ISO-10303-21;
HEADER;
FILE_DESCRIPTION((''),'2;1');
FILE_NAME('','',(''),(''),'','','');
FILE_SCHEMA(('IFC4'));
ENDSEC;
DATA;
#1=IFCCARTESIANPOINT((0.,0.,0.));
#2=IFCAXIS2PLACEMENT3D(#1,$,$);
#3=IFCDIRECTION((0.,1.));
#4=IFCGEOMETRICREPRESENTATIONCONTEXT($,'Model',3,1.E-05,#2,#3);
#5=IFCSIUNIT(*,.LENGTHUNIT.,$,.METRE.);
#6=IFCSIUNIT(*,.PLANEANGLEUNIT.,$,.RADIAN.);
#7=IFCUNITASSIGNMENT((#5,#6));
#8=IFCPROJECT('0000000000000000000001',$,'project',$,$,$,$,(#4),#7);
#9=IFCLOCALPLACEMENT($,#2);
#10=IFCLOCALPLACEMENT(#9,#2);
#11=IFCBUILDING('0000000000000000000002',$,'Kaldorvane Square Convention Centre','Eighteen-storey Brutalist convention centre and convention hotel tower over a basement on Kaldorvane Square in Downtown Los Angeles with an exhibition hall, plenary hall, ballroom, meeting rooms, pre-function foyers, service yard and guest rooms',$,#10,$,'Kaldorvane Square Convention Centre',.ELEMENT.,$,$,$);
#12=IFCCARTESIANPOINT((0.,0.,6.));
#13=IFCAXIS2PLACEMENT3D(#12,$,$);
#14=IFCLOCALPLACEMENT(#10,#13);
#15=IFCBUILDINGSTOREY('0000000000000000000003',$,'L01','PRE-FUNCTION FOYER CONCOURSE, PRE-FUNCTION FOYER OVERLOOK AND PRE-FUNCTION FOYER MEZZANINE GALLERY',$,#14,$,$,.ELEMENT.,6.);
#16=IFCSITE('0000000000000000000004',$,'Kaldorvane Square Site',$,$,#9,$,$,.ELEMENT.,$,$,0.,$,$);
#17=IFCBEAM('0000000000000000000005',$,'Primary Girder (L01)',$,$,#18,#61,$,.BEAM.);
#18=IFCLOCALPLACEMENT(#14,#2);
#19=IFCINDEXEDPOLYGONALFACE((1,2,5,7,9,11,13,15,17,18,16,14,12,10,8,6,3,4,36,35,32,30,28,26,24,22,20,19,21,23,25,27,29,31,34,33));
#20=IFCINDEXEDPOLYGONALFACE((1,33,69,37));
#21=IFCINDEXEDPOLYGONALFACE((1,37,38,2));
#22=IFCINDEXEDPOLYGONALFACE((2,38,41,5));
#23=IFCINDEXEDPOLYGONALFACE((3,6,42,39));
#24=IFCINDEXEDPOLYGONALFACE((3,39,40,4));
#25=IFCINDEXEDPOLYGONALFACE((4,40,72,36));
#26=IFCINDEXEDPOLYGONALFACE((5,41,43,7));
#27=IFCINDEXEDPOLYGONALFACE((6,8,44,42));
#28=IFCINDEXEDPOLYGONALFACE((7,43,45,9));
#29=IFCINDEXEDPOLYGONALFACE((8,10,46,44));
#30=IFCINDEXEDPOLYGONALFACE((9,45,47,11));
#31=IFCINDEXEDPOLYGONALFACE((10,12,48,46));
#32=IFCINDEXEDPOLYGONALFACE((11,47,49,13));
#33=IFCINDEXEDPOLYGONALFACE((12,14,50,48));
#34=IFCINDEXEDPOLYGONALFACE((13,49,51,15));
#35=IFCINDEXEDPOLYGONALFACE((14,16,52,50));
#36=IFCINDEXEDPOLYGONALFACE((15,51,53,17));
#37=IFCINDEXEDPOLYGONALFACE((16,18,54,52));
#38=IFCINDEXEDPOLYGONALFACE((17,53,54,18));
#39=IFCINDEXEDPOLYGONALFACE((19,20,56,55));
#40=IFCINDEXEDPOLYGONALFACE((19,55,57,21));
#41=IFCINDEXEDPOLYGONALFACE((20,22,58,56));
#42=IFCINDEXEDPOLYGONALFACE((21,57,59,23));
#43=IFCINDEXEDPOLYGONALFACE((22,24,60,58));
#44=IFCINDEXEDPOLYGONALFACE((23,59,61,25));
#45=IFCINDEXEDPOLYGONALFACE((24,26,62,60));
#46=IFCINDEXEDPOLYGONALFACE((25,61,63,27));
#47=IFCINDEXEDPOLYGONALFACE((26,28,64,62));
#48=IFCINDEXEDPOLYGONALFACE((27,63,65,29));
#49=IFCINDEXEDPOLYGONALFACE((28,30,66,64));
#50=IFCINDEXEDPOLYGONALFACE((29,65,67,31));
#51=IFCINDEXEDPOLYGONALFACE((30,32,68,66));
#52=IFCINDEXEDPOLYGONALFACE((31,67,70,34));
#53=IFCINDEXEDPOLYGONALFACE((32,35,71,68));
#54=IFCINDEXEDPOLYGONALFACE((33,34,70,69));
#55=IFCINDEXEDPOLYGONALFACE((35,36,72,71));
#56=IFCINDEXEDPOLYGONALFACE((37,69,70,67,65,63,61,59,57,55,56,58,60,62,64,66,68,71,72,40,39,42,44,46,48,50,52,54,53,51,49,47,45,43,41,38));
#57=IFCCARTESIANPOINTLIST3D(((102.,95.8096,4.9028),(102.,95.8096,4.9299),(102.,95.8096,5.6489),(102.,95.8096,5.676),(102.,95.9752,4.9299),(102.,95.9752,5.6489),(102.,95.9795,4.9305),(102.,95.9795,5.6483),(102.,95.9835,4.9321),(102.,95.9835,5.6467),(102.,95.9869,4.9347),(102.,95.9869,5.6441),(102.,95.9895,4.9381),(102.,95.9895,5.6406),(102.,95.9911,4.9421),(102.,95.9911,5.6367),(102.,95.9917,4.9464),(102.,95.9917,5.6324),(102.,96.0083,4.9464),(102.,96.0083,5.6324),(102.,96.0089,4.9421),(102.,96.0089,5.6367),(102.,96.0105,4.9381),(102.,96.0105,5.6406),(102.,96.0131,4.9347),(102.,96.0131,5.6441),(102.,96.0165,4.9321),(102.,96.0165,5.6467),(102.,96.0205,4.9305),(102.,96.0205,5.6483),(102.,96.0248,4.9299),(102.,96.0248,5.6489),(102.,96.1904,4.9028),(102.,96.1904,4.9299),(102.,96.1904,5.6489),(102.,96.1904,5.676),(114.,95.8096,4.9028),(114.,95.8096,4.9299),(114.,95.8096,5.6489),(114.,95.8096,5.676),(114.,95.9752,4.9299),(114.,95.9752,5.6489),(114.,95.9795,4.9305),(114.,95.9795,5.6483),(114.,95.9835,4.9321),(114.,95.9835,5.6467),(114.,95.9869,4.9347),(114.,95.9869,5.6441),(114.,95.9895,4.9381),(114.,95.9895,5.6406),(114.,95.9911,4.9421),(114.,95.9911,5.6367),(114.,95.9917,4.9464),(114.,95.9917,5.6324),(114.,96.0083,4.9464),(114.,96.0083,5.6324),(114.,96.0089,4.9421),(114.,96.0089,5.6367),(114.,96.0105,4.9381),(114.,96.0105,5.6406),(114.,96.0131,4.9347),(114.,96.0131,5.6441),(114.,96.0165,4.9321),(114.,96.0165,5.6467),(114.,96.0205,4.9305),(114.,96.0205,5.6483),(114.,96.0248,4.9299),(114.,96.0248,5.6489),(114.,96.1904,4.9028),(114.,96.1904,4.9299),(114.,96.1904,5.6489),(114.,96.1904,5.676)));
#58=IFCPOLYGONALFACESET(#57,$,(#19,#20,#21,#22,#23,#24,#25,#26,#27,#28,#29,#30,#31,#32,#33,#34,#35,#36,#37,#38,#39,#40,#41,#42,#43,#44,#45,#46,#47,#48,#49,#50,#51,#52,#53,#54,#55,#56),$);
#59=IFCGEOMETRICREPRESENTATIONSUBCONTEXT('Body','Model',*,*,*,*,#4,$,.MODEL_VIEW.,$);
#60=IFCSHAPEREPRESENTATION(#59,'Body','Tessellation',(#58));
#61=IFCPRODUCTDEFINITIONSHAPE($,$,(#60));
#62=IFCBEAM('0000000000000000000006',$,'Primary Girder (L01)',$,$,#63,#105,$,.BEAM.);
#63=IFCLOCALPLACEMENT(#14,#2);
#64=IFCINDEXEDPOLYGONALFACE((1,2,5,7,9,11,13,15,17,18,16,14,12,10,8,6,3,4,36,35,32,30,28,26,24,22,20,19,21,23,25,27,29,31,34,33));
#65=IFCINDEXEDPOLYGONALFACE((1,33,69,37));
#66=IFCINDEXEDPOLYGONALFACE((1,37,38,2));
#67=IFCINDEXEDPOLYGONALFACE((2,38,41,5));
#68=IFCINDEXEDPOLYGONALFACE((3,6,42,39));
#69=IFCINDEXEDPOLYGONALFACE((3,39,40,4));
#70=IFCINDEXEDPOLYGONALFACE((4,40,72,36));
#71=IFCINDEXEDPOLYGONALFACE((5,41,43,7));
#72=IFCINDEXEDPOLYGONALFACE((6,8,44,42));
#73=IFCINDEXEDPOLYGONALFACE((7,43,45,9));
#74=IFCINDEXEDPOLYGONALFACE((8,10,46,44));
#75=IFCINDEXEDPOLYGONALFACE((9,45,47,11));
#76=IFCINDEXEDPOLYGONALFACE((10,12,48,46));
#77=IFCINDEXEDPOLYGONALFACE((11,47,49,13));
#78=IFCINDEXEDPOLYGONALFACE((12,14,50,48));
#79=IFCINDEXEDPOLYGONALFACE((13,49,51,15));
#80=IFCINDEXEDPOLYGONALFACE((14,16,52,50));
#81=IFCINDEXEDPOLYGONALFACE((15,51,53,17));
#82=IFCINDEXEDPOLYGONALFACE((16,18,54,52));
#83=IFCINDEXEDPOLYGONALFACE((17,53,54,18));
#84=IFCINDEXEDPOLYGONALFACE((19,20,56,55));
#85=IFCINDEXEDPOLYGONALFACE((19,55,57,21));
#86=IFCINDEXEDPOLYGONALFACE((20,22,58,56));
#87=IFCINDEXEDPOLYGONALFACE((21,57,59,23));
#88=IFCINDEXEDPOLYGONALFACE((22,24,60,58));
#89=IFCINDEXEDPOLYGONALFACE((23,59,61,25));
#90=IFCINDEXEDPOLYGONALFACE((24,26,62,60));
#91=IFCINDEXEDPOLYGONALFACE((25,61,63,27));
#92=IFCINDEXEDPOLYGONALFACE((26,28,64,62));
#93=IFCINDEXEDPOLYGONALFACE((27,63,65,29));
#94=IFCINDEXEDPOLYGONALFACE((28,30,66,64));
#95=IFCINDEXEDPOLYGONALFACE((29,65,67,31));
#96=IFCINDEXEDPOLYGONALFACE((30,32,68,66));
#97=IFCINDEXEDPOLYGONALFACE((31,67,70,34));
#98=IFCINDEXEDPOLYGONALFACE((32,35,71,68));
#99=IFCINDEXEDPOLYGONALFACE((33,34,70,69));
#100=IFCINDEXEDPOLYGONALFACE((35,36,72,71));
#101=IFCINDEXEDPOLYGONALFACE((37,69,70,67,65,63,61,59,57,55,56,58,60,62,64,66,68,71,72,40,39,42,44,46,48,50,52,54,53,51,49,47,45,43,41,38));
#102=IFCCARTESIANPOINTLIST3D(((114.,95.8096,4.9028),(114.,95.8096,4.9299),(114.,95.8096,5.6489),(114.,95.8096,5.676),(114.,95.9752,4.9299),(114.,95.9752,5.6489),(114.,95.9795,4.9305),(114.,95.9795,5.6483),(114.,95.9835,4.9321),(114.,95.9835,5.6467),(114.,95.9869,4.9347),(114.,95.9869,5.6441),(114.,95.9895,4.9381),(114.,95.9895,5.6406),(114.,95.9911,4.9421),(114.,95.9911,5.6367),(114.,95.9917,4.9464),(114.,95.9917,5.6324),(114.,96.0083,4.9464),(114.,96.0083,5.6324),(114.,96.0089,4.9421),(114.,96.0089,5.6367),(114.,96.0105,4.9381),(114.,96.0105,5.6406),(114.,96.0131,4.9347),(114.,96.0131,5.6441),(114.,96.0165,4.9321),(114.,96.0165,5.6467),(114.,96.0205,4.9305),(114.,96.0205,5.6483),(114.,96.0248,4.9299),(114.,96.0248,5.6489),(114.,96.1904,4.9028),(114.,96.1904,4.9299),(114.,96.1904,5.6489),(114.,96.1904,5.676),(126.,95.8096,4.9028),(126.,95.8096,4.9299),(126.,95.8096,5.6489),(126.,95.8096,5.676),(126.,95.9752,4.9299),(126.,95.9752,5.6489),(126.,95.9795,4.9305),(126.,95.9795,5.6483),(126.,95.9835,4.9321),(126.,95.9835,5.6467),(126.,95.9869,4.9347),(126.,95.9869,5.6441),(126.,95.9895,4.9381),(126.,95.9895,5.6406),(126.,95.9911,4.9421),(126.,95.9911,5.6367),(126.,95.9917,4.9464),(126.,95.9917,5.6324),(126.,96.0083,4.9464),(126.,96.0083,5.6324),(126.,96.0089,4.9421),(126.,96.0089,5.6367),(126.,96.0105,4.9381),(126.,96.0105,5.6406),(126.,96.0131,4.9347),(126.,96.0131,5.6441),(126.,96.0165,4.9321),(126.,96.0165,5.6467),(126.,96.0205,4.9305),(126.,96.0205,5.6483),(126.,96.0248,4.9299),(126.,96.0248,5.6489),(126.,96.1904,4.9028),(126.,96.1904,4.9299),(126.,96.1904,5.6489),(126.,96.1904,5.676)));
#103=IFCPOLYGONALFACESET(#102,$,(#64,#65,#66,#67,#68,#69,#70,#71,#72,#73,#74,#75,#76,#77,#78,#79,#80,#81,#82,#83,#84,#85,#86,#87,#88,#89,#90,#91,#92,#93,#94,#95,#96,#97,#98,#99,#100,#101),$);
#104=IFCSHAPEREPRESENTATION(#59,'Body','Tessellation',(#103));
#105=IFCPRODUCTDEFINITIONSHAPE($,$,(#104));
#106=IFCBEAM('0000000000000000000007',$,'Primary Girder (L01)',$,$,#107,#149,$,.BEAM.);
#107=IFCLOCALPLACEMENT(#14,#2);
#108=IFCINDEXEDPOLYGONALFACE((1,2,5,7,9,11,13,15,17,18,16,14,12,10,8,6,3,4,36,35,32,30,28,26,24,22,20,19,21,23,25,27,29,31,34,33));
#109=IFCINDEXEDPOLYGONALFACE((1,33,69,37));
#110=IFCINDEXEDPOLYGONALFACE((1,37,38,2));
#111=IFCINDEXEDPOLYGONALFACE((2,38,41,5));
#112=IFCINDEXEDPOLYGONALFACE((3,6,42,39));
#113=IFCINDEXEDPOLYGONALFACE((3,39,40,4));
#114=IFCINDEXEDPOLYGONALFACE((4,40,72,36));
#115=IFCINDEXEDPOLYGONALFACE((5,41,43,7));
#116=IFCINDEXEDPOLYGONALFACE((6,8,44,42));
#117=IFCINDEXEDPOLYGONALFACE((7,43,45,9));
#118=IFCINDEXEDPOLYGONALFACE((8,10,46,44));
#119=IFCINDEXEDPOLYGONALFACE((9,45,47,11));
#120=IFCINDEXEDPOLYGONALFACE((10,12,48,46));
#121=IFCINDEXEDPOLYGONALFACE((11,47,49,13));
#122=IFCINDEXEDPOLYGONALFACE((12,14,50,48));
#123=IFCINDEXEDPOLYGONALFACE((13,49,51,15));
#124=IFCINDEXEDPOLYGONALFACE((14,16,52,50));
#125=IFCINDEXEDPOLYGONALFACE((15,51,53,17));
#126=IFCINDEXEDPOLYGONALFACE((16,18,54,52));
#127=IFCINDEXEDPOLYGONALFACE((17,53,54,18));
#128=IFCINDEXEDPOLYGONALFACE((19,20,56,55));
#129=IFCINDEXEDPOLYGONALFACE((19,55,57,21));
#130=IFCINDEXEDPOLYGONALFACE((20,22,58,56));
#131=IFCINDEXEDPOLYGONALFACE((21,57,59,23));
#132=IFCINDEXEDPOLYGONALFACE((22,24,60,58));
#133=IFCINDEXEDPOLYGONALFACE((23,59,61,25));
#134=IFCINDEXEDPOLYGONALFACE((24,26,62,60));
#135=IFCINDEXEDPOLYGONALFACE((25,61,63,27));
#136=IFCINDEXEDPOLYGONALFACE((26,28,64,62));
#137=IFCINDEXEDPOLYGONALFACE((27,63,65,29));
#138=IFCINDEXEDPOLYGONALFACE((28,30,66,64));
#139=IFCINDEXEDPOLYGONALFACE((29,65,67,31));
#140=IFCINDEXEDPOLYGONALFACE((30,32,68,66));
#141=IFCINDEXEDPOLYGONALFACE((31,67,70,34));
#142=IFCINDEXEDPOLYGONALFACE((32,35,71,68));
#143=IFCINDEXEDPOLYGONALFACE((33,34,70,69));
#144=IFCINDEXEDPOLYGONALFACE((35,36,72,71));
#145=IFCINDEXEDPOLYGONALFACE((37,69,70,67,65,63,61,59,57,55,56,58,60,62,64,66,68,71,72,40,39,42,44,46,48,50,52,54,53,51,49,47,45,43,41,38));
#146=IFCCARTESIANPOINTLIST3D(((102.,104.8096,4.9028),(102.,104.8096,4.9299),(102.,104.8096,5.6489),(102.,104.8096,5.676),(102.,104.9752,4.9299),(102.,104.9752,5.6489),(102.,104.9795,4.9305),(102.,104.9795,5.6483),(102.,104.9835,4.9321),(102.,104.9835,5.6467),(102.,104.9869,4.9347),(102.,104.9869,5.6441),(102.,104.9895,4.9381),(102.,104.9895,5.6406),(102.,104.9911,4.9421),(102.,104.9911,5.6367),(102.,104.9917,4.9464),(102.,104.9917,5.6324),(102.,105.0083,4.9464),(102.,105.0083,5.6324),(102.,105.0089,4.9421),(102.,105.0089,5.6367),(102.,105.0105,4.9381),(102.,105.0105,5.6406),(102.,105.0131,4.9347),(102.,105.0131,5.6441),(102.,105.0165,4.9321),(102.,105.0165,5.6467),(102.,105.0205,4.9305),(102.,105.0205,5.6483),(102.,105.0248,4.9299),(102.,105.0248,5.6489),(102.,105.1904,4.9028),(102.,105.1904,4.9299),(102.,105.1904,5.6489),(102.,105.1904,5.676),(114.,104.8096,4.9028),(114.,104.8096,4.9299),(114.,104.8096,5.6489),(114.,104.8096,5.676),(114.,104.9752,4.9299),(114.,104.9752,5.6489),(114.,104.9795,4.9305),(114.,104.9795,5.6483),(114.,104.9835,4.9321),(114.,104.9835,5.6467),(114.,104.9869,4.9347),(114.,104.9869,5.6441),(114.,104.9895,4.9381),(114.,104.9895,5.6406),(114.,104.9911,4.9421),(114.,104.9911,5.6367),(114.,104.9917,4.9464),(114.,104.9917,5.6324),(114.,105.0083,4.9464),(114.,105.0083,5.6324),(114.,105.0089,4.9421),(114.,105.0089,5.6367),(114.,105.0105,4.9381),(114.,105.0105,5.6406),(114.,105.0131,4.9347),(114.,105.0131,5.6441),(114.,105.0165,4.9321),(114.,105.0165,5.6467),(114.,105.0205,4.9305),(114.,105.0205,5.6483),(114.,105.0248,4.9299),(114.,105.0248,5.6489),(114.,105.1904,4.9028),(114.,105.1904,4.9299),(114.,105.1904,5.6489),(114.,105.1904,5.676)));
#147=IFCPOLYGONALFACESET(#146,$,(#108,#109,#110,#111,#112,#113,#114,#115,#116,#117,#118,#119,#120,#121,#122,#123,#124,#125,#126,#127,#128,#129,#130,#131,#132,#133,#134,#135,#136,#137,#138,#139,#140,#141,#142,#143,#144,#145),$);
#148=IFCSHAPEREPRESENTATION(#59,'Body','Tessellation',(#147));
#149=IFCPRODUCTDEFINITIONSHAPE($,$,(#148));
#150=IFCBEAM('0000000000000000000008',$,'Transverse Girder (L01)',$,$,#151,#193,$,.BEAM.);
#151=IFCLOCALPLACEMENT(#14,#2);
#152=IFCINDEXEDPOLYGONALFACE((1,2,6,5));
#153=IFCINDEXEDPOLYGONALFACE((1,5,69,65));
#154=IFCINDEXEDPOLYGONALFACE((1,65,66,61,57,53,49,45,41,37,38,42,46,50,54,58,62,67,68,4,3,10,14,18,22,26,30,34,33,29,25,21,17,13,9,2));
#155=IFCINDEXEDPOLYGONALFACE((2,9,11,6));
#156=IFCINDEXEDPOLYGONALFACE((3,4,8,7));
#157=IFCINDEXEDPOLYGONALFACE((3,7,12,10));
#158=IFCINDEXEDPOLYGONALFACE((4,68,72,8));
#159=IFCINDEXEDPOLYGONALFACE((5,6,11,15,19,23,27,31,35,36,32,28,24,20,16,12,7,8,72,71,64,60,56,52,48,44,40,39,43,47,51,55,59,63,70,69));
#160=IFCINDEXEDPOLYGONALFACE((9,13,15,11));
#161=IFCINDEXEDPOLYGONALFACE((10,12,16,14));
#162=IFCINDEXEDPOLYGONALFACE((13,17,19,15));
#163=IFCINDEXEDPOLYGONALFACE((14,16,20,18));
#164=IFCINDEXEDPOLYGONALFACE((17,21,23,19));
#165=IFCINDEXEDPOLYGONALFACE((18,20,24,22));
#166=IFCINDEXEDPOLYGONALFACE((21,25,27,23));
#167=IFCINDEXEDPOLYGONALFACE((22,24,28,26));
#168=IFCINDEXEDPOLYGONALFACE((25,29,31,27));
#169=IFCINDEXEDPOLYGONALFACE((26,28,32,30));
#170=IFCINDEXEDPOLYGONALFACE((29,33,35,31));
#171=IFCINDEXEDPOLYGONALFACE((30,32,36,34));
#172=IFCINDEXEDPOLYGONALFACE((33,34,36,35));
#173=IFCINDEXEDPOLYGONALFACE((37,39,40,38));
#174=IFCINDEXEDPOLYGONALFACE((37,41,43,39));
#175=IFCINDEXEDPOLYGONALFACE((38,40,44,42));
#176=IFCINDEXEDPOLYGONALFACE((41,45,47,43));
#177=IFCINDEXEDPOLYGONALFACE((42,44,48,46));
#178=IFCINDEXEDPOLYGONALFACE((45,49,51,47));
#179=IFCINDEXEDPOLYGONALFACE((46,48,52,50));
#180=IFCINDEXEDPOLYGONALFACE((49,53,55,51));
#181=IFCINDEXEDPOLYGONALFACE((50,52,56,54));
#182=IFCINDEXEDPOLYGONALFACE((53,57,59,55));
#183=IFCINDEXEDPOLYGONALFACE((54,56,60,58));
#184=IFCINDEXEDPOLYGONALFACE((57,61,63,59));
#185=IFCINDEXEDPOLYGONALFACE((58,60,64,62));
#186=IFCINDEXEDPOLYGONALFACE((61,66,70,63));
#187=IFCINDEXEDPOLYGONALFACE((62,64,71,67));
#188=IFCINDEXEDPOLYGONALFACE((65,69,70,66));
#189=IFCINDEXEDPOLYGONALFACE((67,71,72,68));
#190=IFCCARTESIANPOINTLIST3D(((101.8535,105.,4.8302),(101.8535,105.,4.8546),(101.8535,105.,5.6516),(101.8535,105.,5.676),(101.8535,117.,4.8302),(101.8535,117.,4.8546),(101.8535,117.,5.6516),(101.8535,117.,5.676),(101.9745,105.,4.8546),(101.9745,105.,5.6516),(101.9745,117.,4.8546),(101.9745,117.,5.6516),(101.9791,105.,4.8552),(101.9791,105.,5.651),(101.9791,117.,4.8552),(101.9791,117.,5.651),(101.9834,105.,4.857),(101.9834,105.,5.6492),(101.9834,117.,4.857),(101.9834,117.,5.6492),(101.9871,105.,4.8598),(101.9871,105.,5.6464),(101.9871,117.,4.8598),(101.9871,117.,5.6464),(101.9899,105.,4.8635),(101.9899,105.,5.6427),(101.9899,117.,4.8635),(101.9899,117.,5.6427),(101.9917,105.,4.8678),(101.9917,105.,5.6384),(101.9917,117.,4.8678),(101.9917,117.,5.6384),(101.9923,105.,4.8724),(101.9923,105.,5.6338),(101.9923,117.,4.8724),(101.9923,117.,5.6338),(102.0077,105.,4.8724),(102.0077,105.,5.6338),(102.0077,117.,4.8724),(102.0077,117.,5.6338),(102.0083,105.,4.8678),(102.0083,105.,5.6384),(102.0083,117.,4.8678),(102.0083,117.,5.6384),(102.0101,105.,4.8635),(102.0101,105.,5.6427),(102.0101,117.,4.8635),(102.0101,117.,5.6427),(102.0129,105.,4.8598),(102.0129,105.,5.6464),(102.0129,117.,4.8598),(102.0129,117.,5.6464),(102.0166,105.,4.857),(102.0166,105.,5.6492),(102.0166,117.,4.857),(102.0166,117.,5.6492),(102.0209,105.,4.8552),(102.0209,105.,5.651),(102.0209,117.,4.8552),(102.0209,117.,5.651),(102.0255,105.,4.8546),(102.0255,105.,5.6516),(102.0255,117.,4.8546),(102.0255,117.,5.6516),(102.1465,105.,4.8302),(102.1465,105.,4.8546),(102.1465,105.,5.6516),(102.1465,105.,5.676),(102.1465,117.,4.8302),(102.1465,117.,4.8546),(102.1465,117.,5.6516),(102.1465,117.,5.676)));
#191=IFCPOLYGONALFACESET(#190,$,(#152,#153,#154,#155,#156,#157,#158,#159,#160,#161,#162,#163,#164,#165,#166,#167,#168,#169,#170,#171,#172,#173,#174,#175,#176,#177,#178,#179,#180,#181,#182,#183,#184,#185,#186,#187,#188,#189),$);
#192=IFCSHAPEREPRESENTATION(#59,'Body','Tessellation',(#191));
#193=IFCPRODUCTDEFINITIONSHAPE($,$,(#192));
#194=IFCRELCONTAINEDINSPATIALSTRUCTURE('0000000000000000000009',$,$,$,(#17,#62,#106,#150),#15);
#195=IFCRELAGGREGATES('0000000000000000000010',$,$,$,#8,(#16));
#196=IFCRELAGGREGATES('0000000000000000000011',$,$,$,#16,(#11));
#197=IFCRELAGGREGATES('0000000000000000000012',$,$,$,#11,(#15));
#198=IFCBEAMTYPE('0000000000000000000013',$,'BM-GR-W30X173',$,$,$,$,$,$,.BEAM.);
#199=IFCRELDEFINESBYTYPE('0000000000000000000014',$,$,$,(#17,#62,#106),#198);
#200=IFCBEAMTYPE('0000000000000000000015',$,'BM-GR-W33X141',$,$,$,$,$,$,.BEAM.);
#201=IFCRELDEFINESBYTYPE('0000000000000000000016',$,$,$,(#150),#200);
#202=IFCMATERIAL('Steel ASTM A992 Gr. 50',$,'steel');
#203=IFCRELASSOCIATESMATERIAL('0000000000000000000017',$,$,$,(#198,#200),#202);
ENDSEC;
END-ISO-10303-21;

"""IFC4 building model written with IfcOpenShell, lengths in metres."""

from ifc_helpers import new_model, si_unit, direction, frame, origin, origin_2d, place, context, subcontext, project, spatial, i_section, extrude, material, material_profile, profile_set, type_object, element, save


model = new_model("IFC4")

# Units and contexts
model_context = context("Model", 3, precision=1e-05, world=origin(), true_north=direction((0.0, 1.0)))
body_context = subcontext(model_context, "Body", "Model", "MODEL_VIEW")
ifc_project = project(units=[si_unit("LENGTHUNIT", "METRE"), si_unit("PLANEANGLEUNIT", "RADIAN")], contexts=[model_context])

# Site, building, storey
site_placement = place(None, origin())
site = spatial("IfcSite", under=ifc_project, at=site_placement, Name="Kaldorvane Square Site", CompositionType="ELEMENT", RefElevation=0.0)
building_placement = place(site_placement, origin())
building = spatial("IfcBuilding", under=site, at=building_placement, Name="Kaldorvane Square Convention Centre", Description="Eighteen-storey Brutalist convention centre and convention hotel tower over a basement on Kaldorvane Square in Downtown Los Angeles with an exhibition hall, plenary hall, ballroom, meeting rooms, pre-function foyers, service yard and guest rooms", LongName="Kaldorvane Square Convention Centre", CompositionType="ELEMENT")
storey_placement = place(building_placement, frame((0.0, 0.0, 6.0)))
storey = spatial("IfcBuildingStorey", under=building, at=storey_placement, Name="L01", Description="PRE-FUNCTION FOYER CONCOURSE, PRE-FUNCTION FOYER OVERLOOK AND PRE-FUNCTION FOYER MEZZANINE GALLERY", CompositionType="ELEMENT", Elevation=6.0)

# Shared definitions
ifc_material_1 = material(Name="Steel ASTM A992 Gr. 50", Category="steel")

# Beams
ifc_material_profile_1 = material_profile(ifc_material_1, i_section(OverallWidth=0.3807, OverallDepth=0.7732, WebThickness=0.0166, FlangeThickness=0.0271, FilletRadius=0.0165, at=origin_2d()), Name="W30X173")
ifc_profile_set_1 = profile_set([ifc_material_profile_1], Name="Steel ASTM A992 Gr. 50")
beam_type_1 = type_object("IfcBeamType", Name="BM-GR-W30X173", PredefinedType="BEAM", material=ifc_profile_set_1)
for number, where, z_axis, x_axis, name in (
    (1, (102.0, 96.0, 5.2894), (1.0, 0.0, 0.0), (0.0, 1.0, 0.0), "Primary Girder (L01)"),
    (2, (114.0, 96.0, 5.2894), (1.0, 0.0, 0.0), (0.0, 1.0, 0.0), "Primary Girder (L01)"),
    (3, (102.0, 105.0, 5.2894), (1.0, 0.0, 0.0), (0.0, 1.0, 0.0), "Primary Girder (L01)"),
):
    element("IfcBeam", number, at=place(storey_placement, frame(where, z_axis=z_axis, x_axis=x_axis)), inside=storey, type_object=beam_type_1, Name=name, PredefinedType="BEAM", context=body_context, shape_type="SweptSolid", body=[
        extrude(i_section(OverallWidth=0.3807, OverallDepth=0.7732, WebThickness=0.0166, FlangeThickness=0.0271, FilletRadius=0.0165, at=origin_2d()), origin(), (0.0, 0.0, 1.0), 12.0),
    ])
ifc_material_profile_2 = material_profile(ifc_material_1, i_section(OverallWidth=0.293, OverallDepth=0.8458, WebThickness=0.0154, FlangeThickness=0.0244, FilletRadius=0.0178, at=origin_2d()), Name="W33X141")
ifc_profile_set_2 = profile_set([ifc_material_profile_2], Name="Steel ASTM A992 Gr. 50")
beam_type_2 = type_object("IfcBeamType", Name="BM-GR-W33X141", PredefinedType="BEAM", material=ifc_profile_set_2)
for number, where, z_axis, x_axis, name in (
    (4, (102.0, 105.0, 5.2531), (0.0, 1.0, 0.0), (-1.0, 0.0, 0.0), "Transverse Girder (L01)"),
):
    element("IfcBeam", number, at=place(storey_placement, frame(where, z_axis=z_axis, x_axis=x_axis)), inside=storey, type_object=beam_type_2, Name=name, PredefinedType="BEAM", context=body_context, shape_type="SweptSolid", body=[
        extrude(i_section(OverallWidth=0.293, OverallDepth=0.8458, WebThickness=0.0154, FlangeThickness=0.0244, FilletRadius=0.0178, at=origin_2d()), origin(), (0.0, 0.0, 1.0), 12.0),
    ])

save(model, "model.ifc")
